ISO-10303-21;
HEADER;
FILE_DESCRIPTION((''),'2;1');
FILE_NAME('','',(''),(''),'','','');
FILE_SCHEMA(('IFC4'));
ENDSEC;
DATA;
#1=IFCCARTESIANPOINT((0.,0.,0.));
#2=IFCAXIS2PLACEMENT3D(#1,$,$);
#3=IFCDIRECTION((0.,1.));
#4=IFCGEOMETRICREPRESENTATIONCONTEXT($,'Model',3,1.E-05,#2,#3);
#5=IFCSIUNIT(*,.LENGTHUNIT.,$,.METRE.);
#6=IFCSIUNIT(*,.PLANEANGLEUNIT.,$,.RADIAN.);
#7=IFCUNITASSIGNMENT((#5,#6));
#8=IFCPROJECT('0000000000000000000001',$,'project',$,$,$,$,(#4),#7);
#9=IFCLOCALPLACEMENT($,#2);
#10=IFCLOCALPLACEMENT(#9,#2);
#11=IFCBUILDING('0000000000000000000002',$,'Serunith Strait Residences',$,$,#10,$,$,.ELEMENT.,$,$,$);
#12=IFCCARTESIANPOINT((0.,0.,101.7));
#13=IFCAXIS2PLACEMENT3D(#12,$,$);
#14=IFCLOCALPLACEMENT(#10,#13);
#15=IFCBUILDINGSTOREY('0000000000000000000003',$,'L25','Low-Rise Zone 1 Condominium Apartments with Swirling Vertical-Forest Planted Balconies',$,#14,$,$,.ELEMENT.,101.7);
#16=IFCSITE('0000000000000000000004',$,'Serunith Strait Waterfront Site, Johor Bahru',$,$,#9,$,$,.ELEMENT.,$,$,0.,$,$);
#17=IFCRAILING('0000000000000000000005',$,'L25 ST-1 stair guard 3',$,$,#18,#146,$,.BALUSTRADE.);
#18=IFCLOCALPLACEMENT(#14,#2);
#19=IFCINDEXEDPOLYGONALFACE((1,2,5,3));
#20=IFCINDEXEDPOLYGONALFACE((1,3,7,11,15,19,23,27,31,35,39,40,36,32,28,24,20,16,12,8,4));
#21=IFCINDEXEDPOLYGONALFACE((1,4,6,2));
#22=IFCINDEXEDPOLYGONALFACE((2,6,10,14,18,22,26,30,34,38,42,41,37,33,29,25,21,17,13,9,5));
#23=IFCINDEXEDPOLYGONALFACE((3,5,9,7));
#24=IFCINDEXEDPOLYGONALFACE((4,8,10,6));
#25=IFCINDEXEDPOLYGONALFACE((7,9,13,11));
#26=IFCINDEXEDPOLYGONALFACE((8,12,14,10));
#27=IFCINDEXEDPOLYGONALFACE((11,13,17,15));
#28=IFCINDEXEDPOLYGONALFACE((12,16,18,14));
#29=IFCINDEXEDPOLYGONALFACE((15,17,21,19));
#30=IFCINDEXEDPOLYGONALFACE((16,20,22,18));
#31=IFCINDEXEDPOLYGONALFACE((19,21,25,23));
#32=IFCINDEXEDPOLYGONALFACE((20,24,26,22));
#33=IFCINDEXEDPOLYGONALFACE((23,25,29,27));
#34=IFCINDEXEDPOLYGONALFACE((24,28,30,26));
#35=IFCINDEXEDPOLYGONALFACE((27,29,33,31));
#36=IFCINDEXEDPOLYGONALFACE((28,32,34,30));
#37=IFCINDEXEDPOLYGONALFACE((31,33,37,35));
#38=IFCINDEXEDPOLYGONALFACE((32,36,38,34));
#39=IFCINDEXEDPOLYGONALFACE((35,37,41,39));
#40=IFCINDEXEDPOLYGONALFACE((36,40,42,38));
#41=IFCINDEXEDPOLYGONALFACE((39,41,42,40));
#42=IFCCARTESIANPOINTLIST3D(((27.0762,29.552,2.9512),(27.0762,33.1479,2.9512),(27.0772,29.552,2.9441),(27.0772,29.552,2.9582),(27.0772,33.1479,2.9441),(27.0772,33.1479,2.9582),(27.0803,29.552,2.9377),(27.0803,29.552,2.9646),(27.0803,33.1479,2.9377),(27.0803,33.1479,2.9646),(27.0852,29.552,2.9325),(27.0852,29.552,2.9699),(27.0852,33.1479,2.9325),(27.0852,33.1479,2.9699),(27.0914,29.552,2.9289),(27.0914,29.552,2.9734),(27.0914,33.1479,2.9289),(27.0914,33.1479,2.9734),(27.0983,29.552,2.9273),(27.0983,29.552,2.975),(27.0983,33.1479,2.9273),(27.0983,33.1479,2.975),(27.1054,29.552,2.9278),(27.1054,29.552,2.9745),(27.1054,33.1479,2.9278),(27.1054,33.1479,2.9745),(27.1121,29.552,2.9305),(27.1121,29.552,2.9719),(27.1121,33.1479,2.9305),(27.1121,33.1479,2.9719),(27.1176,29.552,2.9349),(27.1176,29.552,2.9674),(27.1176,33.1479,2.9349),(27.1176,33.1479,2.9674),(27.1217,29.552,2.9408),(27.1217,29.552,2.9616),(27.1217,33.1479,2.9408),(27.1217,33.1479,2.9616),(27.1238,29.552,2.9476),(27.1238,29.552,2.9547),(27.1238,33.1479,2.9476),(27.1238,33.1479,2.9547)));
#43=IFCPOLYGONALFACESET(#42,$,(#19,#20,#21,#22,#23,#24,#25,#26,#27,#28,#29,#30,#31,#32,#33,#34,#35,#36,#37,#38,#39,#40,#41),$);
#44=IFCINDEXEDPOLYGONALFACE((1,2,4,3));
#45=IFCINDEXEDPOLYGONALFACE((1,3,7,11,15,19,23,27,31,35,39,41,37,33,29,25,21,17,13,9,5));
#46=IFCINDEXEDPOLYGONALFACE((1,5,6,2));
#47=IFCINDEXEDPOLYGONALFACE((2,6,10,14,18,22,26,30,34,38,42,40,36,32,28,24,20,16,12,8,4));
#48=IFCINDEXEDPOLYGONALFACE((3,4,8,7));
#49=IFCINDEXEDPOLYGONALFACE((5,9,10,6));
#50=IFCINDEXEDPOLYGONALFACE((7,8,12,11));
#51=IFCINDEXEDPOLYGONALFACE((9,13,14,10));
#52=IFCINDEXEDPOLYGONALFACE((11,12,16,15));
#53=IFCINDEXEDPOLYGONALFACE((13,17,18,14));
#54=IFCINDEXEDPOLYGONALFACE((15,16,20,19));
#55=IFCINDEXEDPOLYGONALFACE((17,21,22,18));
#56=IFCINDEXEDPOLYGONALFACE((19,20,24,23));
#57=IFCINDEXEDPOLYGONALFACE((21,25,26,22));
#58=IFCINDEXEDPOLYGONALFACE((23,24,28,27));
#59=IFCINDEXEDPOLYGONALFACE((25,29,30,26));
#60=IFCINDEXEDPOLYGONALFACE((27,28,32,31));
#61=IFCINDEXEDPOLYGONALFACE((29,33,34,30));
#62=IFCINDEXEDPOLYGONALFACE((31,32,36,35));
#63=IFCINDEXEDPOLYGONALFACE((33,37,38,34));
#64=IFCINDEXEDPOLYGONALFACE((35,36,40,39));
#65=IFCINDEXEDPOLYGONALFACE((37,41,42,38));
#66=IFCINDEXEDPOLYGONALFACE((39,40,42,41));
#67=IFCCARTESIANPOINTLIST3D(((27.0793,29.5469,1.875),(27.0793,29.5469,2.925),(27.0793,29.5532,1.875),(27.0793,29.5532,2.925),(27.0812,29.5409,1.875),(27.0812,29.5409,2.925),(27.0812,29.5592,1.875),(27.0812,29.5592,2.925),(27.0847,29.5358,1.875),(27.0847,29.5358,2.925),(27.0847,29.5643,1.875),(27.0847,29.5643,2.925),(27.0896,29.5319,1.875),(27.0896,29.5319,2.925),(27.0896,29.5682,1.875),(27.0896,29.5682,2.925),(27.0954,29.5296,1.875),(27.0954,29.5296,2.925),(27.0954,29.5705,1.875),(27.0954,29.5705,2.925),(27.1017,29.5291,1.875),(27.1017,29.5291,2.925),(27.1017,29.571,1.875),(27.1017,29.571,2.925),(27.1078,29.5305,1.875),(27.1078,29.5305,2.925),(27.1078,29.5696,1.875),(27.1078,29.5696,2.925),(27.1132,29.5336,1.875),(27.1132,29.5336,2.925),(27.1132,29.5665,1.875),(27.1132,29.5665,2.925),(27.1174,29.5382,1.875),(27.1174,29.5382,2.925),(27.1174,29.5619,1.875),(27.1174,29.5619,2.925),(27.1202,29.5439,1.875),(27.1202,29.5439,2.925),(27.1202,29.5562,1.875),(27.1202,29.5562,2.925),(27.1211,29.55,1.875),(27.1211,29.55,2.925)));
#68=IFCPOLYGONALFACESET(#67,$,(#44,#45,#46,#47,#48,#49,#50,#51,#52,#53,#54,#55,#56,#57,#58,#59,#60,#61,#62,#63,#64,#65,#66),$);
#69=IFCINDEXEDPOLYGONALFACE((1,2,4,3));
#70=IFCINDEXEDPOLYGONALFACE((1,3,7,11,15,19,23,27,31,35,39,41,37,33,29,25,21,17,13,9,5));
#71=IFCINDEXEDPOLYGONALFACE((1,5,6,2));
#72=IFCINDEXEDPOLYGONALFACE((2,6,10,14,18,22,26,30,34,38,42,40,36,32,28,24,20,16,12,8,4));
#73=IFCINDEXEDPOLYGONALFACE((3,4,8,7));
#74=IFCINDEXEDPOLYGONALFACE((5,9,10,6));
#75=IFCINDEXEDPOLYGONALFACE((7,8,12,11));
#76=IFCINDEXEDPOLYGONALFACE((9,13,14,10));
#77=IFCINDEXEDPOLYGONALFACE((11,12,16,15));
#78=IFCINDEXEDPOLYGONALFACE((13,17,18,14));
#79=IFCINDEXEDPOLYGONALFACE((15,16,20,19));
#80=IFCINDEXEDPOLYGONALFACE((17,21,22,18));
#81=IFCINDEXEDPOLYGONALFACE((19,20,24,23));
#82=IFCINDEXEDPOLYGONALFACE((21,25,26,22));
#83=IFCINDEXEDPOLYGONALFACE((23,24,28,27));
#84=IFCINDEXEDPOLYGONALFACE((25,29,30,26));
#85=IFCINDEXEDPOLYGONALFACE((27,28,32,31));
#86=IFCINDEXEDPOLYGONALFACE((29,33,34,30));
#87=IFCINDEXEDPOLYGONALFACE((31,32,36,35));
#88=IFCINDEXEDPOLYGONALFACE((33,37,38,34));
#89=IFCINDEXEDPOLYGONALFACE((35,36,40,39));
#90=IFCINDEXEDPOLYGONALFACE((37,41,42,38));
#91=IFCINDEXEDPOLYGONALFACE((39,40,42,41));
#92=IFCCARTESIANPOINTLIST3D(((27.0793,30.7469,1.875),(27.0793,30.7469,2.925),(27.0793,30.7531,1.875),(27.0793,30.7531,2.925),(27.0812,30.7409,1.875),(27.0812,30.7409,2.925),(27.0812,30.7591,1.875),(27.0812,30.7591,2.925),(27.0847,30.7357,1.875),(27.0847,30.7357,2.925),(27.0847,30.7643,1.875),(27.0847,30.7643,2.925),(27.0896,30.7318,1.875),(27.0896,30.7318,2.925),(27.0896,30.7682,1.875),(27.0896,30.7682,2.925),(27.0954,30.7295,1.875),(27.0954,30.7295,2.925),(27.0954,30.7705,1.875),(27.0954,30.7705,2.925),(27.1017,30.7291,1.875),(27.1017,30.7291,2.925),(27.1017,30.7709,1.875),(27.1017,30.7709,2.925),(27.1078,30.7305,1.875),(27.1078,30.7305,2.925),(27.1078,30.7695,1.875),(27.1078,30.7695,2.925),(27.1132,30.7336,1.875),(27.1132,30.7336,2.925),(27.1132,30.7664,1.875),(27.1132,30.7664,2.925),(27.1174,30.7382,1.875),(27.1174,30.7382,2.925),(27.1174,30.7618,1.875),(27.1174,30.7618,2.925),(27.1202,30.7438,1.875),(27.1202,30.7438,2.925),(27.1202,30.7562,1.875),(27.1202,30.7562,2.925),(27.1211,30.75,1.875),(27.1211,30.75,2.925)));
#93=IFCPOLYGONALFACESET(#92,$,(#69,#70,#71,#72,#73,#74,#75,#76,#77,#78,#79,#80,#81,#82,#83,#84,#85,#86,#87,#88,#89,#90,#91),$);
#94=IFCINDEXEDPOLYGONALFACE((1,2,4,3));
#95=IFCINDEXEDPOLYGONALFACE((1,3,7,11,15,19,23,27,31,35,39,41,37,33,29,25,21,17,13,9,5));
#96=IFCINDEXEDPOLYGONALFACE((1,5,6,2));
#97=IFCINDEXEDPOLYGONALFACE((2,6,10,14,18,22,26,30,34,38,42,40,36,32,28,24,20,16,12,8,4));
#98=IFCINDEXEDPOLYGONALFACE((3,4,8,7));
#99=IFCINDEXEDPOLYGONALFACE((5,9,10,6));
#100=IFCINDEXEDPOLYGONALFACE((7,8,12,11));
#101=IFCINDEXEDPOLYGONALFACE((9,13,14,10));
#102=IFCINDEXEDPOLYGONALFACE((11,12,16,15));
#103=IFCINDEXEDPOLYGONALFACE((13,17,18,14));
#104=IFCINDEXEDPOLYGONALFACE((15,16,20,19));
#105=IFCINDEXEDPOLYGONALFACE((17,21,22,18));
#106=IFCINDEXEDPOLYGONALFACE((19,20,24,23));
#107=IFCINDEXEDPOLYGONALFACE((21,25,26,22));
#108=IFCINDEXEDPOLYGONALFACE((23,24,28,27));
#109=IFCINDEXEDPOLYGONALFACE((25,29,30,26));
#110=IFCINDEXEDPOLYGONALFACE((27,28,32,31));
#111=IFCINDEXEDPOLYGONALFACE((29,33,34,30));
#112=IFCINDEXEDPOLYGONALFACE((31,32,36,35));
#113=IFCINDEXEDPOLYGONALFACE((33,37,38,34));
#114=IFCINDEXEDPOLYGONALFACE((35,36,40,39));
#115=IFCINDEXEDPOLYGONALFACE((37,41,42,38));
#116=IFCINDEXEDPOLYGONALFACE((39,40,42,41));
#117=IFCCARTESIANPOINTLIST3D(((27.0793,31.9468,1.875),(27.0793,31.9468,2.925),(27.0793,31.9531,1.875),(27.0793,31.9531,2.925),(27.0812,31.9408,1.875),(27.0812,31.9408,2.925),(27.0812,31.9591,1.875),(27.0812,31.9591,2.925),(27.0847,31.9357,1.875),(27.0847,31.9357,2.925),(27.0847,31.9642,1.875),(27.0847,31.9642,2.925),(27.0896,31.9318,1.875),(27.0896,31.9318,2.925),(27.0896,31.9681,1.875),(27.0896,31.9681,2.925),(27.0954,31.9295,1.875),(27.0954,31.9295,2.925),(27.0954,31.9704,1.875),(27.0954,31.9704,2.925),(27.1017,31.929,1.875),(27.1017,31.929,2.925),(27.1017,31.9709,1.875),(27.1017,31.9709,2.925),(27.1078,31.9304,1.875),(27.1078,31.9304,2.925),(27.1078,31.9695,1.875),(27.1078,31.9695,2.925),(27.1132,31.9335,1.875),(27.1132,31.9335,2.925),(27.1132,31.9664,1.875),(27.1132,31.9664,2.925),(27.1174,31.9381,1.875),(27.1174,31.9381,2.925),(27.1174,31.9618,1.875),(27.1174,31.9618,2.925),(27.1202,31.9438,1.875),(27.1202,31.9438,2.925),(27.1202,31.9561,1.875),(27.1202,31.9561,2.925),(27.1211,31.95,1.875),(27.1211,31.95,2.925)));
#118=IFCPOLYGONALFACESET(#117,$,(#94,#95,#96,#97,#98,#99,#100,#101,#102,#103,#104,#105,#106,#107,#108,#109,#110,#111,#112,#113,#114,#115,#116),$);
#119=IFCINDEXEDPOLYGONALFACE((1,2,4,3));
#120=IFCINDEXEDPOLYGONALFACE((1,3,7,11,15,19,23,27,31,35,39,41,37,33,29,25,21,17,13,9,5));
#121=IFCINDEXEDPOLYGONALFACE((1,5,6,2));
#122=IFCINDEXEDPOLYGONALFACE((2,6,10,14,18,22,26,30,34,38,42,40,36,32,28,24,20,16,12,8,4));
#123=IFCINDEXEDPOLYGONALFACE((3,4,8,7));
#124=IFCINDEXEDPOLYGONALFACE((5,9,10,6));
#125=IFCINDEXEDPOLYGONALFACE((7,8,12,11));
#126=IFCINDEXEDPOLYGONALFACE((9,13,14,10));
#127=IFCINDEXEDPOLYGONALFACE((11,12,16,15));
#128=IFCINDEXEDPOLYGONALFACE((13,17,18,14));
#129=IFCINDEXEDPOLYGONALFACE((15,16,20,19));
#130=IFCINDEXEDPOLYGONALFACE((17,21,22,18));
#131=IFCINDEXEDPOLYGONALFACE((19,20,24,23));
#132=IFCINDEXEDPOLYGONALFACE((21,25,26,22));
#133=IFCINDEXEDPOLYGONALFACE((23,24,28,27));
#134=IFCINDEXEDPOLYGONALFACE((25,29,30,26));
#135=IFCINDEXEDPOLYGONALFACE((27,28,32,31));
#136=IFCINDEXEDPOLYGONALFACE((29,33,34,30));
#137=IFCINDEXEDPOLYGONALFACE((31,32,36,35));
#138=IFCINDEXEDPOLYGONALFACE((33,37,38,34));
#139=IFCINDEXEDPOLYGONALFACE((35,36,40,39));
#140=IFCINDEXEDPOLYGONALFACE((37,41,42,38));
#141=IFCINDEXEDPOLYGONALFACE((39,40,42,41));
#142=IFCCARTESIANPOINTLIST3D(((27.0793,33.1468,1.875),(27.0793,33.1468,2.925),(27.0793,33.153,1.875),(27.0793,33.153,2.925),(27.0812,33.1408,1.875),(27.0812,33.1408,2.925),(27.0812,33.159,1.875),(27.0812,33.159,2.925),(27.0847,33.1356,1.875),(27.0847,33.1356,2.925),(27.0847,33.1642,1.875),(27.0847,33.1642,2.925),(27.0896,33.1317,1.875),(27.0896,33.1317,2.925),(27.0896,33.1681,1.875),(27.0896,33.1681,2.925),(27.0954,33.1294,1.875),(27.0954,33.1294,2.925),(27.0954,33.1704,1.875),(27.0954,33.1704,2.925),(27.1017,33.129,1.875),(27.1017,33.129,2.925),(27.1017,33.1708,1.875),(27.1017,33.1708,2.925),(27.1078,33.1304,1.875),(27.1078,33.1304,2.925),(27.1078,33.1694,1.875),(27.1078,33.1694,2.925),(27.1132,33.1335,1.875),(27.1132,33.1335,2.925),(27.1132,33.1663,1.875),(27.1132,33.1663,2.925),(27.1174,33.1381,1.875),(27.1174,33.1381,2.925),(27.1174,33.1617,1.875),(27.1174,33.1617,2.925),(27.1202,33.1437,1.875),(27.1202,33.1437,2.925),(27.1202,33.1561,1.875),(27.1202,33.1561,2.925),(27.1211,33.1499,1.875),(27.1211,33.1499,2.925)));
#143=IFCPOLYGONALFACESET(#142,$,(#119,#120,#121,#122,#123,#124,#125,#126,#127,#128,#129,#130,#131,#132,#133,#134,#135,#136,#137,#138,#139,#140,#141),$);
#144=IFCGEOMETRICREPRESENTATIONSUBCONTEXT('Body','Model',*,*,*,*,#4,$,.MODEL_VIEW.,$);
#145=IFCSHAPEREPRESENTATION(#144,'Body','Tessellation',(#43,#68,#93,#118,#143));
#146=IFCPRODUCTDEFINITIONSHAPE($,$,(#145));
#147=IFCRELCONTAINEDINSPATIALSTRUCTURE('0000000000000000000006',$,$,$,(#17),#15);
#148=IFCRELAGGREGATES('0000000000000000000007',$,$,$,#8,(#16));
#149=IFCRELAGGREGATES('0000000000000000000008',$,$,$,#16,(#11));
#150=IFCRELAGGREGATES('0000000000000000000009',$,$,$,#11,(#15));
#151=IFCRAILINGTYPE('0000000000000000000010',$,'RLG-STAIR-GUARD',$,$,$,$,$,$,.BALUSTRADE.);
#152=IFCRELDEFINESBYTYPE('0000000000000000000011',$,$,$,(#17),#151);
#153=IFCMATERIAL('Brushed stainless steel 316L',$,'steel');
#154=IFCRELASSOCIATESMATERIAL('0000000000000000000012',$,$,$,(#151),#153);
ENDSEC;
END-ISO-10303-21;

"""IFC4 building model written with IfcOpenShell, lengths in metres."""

from ifc_helpers import new_model, si_unit, direction, frame, origin, origin_2d, place, context, subcontext, project, spatial, circle, extrude, material, type_object, element, save


model = new_model("IFC4")

# Units and contexts
model_context = context("Model", 3, precision=1e-05, world=origin(), true_north=direction((0.0, 1.0)))
body_context = subcontext(model_context, "Body", "Model", "MODEL_VIEW")
ifc_project = project(units=[si_unit("LENGTHUNIT", "METRE"), si_unit("PLANEANGLEUNIT", "RADIAN")], contexts=[model_context])

# Site, building, storey
site_placement = place(None, origin())
site = spatial("IfcSite", under=ifc_project, at=site_placement, Name="Serunith Strait Waterfront Site, Johor Bahru", CompositionType="ELEMENT", RefElevation=0.0)
building_placement = place(site_placement, origin())
building = spatial("IfcBuilding", under=site, at=building_placement, Name="Serunith Strait Residences", CompositionType="ELEMENT")
storey_placement = place(building_placement, frame((0.0, 0.0, 101.7)))
storey = spatial("IfcBuildingStorey", under=building, at=storey_placement, Name="L25", Description="Low-Rise Zone 1 Condominium Apartments with Swirling Vertical-Forest Planted Balconies", CompositionType="ELEMENT", Elevation=101.7)

# Railing
ifc_material_1 = material(Name="Brushed stainless steel 316L", Category="steel")
railing_type_1 = type_object("IfcRailingType", Name="RLG-STAIR-GUARD", PredefinedType="BALUSTRADE", material=ifc_material_1)
for number, where, name in (
    (1, (27.1001, 29.55, 1.875), "L25 ST-1 stair guard 3"),
):
    element("IfcRailing", number, at=place(storey_placement, frame(where)), inside=storey, type_object=railing_type_1, Name=name, PredefinedType="BALUSTRADE", context=body_context, shape_type="SweptSolid", body=[
        extrude(circle(Radius=0.0239, at=origin_2d()), frame((0.0, 0.002, 1.0762), z_axis=(0.0, 1.0, 0.0), x_axis=(-1.0, 0.0, 0.0)), (0.0, 0.0, 1.0), 3.5959),
        extrude(circle(Radius=0.021, at=origin_2d()), origin(), (0.0, 0.0, 1.0), 1.05),
        extrude(circle(Radius=0.021, at=origin_2d()), frame((0.0, 1.2, 0.0)), (0.0, 0.0, 1.0), 1.05),
        extrude(circle(Radius=0.021, at=origin_2d()), frame((0.0, 2.3999, 0.0)), (0.0, 0.0, 1.0), 1.05),
        extrude(circle(Radius=0.021, at=origin_2d()), frame((0.0, 3.5999, 0.0)), (0.0, 0.0, 1.0), 1.05),
    ])

save(model, "model.ifc")
